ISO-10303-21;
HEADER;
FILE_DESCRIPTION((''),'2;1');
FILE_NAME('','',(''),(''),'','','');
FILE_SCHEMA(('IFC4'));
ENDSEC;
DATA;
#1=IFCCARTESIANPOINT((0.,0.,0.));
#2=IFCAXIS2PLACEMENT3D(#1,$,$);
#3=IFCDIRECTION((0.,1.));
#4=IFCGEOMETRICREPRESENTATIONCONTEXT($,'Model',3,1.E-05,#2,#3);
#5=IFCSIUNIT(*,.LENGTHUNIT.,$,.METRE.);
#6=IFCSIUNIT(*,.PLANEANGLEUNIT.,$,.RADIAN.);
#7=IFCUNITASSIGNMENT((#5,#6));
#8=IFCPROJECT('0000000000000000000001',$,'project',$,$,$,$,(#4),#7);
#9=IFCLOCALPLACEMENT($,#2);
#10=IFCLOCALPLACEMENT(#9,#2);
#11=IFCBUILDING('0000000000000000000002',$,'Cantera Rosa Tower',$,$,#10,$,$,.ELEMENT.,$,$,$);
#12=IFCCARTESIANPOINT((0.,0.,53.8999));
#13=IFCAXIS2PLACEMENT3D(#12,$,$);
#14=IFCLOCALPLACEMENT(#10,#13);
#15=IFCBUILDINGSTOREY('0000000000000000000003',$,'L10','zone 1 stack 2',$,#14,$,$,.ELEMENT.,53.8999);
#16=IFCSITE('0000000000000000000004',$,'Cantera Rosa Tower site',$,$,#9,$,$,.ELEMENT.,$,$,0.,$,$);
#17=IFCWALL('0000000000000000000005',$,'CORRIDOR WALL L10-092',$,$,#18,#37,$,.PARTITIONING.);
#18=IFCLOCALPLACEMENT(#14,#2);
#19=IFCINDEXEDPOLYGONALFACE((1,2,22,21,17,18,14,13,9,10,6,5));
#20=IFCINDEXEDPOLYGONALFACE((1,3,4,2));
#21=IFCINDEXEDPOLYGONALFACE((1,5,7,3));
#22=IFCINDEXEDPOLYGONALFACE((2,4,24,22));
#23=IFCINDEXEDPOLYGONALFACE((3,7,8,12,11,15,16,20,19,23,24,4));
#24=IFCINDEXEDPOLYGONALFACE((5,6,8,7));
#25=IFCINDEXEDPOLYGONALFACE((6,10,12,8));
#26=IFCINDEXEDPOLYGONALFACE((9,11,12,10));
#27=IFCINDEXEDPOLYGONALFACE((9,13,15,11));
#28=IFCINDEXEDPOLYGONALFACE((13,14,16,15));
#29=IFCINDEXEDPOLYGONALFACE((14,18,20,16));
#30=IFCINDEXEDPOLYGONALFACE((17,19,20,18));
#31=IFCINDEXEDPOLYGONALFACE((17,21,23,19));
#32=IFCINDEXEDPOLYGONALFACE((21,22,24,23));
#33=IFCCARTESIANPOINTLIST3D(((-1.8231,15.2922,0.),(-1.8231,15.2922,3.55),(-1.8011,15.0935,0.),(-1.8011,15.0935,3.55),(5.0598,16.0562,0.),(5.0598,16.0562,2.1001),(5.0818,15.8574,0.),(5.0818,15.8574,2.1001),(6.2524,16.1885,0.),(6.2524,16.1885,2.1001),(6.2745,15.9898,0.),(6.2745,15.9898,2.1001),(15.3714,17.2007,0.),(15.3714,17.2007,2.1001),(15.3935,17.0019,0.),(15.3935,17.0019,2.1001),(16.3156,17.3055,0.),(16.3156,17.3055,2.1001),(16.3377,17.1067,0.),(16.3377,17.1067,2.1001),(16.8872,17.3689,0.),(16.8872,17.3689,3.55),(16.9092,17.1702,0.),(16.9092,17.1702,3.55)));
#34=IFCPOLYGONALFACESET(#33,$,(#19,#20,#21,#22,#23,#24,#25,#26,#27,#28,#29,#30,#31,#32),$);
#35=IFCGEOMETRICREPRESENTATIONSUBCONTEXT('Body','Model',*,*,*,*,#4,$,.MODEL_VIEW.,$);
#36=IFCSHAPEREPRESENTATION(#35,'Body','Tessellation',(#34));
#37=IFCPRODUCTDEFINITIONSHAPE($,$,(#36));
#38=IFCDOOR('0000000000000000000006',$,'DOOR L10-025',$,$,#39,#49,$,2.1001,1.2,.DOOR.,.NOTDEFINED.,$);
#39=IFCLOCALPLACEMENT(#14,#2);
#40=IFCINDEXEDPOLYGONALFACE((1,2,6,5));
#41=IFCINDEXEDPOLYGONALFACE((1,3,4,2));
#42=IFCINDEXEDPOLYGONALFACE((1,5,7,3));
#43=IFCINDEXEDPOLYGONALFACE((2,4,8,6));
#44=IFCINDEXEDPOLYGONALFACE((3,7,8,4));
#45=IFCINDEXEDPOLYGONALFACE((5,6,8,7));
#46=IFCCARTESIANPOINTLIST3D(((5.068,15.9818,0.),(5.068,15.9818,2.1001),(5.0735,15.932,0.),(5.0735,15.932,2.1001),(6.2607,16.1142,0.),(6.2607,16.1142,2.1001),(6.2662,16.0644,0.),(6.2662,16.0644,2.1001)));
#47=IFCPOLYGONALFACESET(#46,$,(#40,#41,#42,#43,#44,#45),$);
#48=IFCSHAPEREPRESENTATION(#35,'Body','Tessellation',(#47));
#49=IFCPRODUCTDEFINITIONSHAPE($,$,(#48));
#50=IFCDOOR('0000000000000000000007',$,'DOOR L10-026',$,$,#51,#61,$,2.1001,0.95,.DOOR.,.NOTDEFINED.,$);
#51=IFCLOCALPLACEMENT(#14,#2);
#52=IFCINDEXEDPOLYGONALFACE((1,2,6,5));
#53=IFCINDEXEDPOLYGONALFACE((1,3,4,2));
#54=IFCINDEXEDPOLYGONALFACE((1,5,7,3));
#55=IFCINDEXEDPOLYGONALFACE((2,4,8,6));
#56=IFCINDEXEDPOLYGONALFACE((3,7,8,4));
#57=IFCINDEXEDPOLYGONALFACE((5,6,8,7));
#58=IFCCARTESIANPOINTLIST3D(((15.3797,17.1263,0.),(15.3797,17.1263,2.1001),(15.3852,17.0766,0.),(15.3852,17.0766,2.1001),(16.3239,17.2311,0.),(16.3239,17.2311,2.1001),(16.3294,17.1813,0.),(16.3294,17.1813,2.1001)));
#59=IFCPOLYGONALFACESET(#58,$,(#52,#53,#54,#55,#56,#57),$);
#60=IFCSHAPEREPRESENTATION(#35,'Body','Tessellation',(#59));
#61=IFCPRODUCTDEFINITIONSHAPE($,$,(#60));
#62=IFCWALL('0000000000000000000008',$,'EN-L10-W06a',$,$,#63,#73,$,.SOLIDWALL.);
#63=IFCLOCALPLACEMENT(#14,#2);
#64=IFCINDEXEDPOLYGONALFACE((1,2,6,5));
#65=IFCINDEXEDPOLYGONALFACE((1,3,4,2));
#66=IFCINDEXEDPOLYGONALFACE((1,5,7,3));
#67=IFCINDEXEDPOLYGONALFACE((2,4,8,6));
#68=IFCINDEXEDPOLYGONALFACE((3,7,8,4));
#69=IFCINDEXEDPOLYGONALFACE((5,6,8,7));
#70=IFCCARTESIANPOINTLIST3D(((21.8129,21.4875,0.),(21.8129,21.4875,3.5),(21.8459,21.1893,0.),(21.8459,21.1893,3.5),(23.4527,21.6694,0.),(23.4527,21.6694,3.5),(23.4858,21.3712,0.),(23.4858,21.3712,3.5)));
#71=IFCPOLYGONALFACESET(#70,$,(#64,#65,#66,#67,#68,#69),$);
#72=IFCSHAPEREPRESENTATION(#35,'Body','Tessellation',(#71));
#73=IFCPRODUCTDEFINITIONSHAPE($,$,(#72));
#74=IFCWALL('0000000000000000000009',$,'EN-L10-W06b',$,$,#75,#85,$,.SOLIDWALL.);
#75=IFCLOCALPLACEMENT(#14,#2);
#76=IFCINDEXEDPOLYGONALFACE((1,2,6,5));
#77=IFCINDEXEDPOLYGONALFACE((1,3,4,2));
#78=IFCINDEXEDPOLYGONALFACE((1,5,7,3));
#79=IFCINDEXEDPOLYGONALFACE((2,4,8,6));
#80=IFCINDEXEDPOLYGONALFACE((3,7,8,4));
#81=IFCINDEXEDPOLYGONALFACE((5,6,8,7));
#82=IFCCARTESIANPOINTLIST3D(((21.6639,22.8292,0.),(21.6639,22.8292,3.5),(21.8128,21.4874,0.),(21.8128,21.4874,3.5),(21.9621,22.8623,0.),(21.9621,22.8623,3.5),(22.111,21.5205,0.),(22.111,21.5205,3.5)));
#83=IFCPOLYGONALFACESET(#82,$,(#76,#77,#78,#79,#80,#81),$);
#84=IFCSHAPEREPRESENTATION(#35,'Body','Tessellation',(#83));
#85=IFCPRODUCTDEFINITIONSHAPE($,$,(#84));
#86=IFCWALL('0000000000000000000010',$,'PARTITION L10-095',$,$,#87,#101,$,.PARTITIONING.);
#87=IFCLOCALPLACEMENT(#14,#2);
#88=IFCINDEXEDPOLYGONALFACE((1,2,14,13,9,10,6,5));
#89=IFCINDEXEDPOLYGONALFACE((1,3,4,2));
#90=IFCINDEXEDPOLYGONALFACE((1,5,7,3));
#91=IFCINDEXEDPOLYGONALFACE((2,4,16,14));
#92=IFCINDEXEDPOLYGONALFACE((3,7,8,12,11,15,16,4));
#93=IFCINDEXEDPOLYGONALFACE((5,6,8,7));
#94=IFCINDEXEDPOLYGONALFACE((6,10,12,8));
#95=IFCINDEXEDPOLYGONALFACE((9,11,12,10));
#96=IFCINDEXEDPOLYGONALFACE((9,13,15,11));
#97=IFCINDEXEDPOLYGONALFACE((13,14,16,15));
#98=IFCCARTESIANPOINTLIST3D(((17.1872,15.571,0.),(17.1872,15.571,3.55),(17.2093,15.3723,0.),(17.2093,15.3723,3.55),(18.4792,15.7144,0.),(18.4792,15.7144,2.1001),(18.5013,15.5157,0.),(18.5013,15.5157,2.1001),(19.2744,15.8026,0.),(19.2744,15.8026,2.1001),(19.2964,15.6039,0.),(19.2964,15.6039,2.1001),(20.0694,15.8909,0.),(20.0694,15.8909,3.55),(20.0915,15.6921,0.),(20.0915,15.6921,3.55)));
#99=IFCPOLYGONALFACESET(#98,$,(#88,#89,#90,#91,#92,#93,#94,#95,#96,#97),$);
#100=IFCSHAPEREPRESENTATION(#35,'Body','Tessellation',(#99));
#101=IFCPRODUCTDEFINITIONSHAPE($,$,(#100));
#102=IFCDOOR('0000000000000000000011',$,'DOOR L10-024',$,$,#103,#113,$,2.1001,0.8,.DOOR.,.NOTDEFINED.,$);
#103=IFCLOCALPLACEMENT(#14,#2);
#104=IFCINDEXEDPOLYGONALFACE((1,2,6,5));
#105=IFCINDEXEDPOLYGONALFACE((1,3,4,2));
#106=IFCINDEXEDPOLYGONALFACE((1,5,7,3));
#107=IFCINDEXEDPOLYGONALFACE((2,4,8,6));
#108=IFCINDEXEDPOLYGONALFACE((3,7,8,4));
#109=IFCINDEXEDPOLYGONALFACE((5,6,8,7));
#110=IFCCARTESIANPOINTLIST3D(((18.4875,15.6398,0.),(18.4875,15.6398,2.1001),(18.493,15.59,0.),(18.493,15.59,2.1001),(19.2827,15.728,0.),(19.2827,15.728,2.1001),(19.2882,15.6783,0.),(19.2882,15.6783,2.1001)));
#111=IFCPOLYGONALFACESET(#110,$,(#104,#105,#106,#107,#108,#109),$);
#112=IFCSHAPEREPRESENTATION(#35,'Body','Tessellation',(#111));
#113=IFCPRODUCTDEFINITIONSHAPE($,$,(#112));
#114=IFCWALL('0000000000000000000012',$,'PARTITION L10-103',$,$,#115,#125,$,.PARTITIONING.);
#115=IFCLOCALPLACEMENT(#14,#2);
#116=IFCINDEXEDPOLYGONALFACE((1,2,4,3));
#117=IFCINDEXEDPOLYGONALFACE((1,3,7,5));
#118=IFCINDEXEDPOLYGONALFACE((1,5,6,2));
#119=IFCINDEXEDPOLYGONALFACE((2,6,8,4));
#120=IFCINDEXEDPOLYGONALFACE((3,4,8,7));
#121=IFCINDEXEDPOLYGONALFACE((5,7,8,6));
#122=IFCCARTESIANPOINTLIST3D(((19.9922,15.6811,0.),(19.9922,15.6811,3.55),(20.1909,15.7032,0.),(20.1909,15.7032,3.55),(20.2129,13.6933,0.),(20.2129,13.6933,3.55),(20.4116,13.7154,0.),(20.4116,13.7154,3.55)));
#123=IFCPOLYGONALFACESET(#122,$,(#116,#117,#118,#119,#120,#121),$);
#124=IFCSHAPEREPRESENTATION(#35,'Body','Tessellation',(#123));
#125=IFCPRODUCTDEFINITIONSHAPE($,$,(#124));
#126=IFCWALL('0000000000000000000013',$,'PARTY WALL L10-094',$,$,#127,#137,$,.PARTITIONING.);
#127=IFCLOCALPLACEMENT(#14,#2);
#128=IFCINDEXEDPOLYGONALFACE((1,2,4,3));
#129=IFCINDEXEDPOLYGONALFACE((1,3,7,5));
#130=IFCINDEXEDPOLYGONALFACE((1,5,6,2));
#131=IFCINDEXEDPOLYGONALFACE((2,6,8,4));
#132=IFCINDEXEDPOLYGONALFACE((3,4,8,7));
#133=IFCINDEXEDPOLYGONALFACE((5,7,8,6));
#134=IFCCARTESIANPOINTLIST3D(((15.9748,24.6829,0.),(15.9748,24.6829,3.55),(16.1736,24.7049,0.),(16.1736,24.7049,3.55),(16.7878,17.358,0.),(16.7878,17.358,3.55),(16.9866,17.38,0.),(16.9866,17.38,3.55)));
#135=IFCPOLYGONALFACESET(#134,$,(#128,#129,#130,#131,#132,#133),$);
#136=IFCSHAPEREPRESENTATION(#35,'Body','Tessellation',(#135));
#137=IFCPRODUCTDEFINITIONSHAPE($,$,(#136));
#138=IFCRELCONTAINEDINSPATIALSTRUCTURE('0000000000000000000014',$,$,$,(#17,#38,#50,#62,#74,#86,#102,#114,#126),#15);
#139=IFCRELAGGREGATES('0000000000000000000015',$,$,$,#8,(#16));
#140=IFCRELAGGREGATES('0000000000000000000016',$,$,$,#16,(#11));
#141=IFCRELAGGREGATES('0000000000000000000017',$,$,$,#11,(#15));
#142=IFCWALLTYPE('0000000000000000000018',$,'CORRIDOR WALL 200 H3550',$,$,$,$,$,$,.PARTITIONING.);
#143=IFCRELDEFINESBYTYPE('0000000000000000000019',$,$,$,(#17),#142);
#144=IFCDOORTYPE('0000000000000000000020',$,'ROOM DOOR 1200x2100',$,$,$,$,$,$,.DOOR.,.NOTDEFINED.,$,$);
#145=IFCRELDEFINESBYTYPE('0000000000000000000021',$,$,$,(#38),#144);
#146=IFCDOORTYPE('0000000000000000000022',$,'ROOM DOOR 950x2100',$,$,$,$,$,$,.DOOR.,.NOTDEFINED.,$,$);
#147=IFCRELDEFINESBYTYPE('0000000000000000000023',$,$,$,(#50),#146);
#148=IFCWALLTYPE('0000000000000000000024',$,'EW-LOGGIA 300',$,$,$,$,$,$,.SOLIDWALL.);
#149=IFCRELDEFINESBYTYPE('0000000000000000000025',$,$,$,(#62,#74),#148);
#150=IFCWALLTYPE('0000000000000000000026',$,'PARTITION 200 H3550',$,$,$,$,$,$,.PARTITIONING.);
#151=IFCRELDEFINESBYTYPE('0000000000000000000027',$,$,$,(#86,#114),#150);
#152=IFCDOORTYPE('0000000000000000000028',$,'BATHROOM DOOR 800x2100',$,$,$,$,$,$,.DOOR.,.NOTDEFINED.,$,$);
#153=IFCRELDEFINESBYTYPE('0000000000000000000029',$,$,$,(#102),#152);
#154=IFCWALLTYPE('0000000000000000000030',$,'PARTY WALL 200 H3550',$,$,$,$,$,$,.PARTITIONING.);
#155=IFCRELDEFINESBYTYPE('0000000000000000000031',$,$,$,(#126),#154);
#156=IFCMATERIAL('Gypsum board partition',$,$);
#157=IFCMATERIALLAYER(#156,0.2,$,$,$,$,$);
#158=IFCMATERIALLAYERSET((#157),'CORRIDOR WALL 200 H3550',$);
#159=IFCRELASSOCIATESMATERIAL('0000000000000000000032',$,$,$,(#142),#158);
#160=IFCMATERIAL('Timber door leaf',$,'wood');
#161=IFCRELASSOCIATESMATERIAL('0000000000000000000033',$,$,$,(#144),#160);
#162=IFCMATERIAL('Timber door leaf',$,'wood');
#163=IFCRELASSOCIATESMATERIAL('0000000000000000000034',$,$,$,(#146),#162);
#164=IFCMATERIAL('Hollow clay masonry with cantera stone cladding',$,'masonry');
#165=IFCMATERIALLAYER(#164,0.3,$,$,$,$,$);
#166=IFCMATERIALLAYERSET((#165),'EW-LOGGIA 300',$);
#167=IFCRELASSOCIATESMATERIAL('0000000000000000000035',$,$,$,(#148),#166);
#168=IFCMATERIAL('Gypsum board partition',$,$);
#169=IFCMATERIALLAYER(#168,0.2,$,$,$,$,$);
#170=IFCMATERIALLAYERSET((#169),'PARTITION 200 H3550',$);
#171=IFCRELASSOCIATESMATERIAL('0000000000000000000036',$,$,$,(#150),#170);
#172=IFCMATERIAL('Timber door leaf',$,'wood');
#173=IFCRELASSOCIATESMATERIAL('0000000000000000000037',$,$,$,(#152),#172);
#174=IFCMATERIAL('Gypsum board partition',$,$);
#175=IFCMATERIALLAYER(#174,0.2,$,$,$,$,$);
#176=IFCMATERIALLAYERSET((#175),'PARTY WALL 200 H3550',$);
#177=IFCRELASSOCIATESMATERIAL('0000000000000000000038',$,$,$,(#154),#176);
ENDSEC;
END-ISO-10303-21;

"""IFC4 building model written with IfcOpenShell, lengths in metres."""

from ifc_helpers import new_model, si_unit, direction, frame, frame_2d, origin, place, context, subcontext, project, spatial, rectangle, extrude, material, layer, layer_set, type_object, element, fill, save


model = new_model("IFC4")

# Units and contexts
model_context = context("Model", 3, precision=1e-05, world=origin(), true_north=direction((0.0, 1.0)))
body_context = subcontext(model_context, "Body", "Model", "MODEL_VIEW")
ifc_project = project(units=[si_unit("LENGTHUNIT", "METRE"), si_unit("PLANEANGLEUNIT", "RADIAN")], contexts=[model_context])

# Site, building, storey
site_placement = place(None, origin())
site = spatial("IfcSite", under=ifc_project, at=site_placement, Name="Cantera Rosa Tower site", CompositionType="ELEMENT", RefElevation=0.0)
building_placement = place(site_placement, origin())
building = spatial("IfcBuilding", under=site, at=building_placement, Name="Cantera Rosa Tower", CompositionType="ELEMENT")
storey_placement = place(building_placement, frame((0.0, 0.0, 53.8999)))
storey = spatial("IfcBuildingStorey", under=building, at=storey_placement, Name="L10", Description="zone 1 stack 2", CompositionType="ELEMENT", Elevation=53.8999)

# Wall, openings, doors
ifc_material_1 = material(Name="Gypsum board partition")
ifc_layer_1 = layer(ifc_material_1, 0.2)
ifc_layer_set_1 = layer_set([ifc_layer_1], Name="CORRIDOR WALL 200 H3550")
wall_type_1 = type_object("IfcWallType", Name="CORRIDOR WALL 200 H3550", PredefinedType="PARTITIONING", material=ifc_layer_set_1)
wall_1_placement = place(storey_placement, frame((16.8982, 17.2695, 0.0), z_axis=(0.0, 0.0, 1.0), x_axis=(-0.993897, -0.110313, 0.0)))
wall_1 = element("IfcWall", 1, at=wall_1_placement, inside=storey, type_object=wall_type_1, Name="CORRIDOR WALL L10-092", PredefinedType="PARTITIONING", context=body_context, shape_type="SweptSolid", body=[
    extrude(rectangle(XDim=18.8252, YDim=0.2, at=frame_2d((9.4126, 0.0))), origin(), (0.0, 0.0, 1.0), 3.55),
])
opening_1_placement = place(wall_1_placement, frame((10.7, 0.0, 0.0)))
opening_1 = element("IfcOpeningElement", 2, at=opening_1_placement, cuts=wall_1, PredefinedType="OPENING", context=body_context, shape_type="SweptSolid", body=[
    extrude(rectangle(XDim=1.2, YDim=2.1001, at=frame_2d((0.6001, 1.05))), frame((0.0, 0.1099, 0.0), z_axis=(0.0, -1.0, 0.0), x_axis=(1.0, 0.0, 0.0)), (0.0, 0.0, 1.0), 0.22),
])
opening_2_placement = place(wall_1_placement, frame((0.575, 0.0, 0.0)))
opening_2 = element("IfcOpeningElement", 3, at=opening_2_placement, cuts=wall_1, PredefinedType="OPENING", context=body_context, shape_type="SweptSolid", body=[
    extrude(rectangle(XDim=0.95, YDim=2.1001, at=frame_2d((0.4751, 1.05))), frame((0.0, 0.1099, 0.0), z_axis=(0.0, -1.0, 0.0), x_axis=(1.0, 0.0, 0.0)), (0.0, 0.0, 1.0), 0.22),
])
ifc_material_2 = material(Name="Timber door leaf", Category="wood")
door_type_1 = type_object("IfcDoorType", Name="ROOM DOOR 1200x2100", OperationType="NOTDEFINED", PredefinedType="DOOR", material=ifc_material_2)
door_1_placement = place(opening_1_placement, origin())
door_1 = element("IfcDoor", 4, at=door_1_placement, inside=storey, type_object=door_type_1, Name="DOOR L10-025", OperationType="NOTDEFINED", OverallHeight=2.1001, OverallWidth=1.2, PredefinedType="DOOR", context=body_context, shape_type="SweptSolid", body=[
    extrude(rectangle(XDim=1.2, YDim=2.1001, at=frame_2d((0.6001, 1.05))), frame((0.0, 0.0249, 0.0), z_axis=(0.0, -1.0, 0.0), x_axis=(1.0, 0.0, 0.0)), (0.0, 0.0, 1.0), 0.05),
])
fill(opening_1, door_1)
ifc_material_3 = material(Name="Timber door leaf", Category="wood")
door_type_2 = type_object("IfcDoorType", Name="ROOM DOOR 950x2100", OperationType="NOTDEFINED", PredefinedType="DOOR", material=ifc_material_3)
door_2_placement = place(opening_2_placement, origin())
door_2 = element("IfcDoor", 5, at=door_2_placement, inside=storey, type_object=door_type_2, Name="DOOR L10-026", OperationType="NOTDEFINED", OverallHeight=2.1001, OverallWidth=0.95, PredefinedType="DOOR", context=body_context, shape_type="SweptSolid", body=[
    extrude(rectangle(XDim=0.95, YDim=2.1001, at=frame_2d((0.4751, 1.05))), frame((0.0, 0.0249, 0.0), z_axis=(0.0, -1.0, 0.0), x_axis=(1.0, 0.0, 0.0)), (0.0, 0.0, 1.0), 0.05),
])
fill(opening_2, door_2)

# Walls
ifc_material_4 = material(Name="Hollow clay masonry with cantera stone cladding", Category="masonry")
ifc_layer_2 = layer(ifc_material_4, 0.3)
ifc_layer_set_2 = layer_set([ifc_layer_2], Name="EW-LOGGIA 300")
wall_type_2 = type_object("IfcWallType", Name="EW-LOGGIA 300", PredefinedType="SOLIDWALL", material=ifc_layer_set_2)
wall_2_placement = place(storey_placement, frame((23.4692, 21.5203, 0.0), z_axis=(0.0, 0.0, 1.0), x_axis=(-0.993905, -0.110237, 0.0)))
element("IfcWall", 6, at=wall_2_placement, inside=storey, type_object=wall_type_2, Name="EN-L10-W06a", PredefinedType="SOLIDWALL", context=body_context, shape_type="SweptSolid", body=[
    extrude(rectangle(XDim=1.6499, YDim=0.3, at=frame_2d((0.825, 0.0))), origin(), (0.0, 0.0, 1.0), 3.5),
])
wall_3_placement = place(storey_placement, frame((21.9619, 21.5039, 0.0), z_axis=(0.0, 0.0, 1.0), x_axis=(-0.110312, 0.993897, 0.0)))
element("IfcWall", 7, at=wall_3_placement, inside=storey, type_object=wall_type_2, Name="EN-L10-W06b", PredefinedType="SOLIDWALL", context=body_context, shape_type="SweptSolid", body=[
    extrude(rectangle(XDim=1.3501, YDim=0.3, at=frame_2d((0.675, 0.0))), origin(), (0.0, 0.0, 1.0), 3.5),
])

# Wall, opening, door
ifc_material_5 = material(Name="Gypsum board partition")
ifc_layer_3 = layer(ifc_material_5, 0.2)
ifc_layer_set_3 = layer_set([ifc_layer_3], Name="PARTITION 200 H3550")
wall_type_3 = type_object("IfcWallType", Name="PARTITION 200 H3550", PredefinedType="PARTITIONING", material=ifc_layer_set_3)
wall_4_placement = place(storey_placement, frame((17.1982, 15.4717, 0.0), z_axis=(0.0, 0.0, 1.0), x_axis=(0.9939, 0.110284, 0.0)))
wall_4 = element("IfcWall", 8, at=wall_4_placement, inside=storey, type_object=wall_type_3, Name="PARTITION L10-095", PredefinedType="PARTITIONING", context=body_context, shape_type="SweptSolid", body=[
    extrude(rectangle(XDim=2.8999, YDim=0.2, at=frame_2d((1.45, 0.0))), origin(), (0.0, 0.0, 1.0), 3.55),
])
opening_3_placement = place(wall_4_placement, frame((1.3, 0.0, 0.0)))
opening_3 = element("IfcOpeningElement", 9, at=opening_3_placement, cuts=wall_4, PredefinedType="OPENING", context=body_context, shape_type="SweptSolid", body=[
    extrude(rectangle(XDim=0.8, YDim=2.1001, at=frame_2d((0.3999, 1.05))), frame((0.0, 0.1099, 0.0), z_axis=(0.0, -1.0, 0.0), x_axis=(1.0, 0.0, 0.0)), (0.0, 0.0, 1.0), 0.22),
])
ifc_material_6 = material(Name="Timber door leaf", Category="wood")
door_type_3 = type_object("IfcDoorType", Name="BATHROOM DOOR 800x2100", OperationType="NOTDEFINED", PredefinedType="DOOR", material=ifc_material_6)
door_3_placement = place(opening_3_placement, origin())
door_3 = element("IfcDoor", 10, at=door_3_placement, inside=storey, type_object=door_type_3, Name="DOOR L10-024", OperationType="NOTDEFINED", OverallHeight=2.1001, OverallWidth=0.8, PredefinedType="DOOR", context=body_context, shape_type="SweptSolid", body=[
    extrude(rectangle(XDim=0.8, YDim=2.1001, at=frame_2d((0.3999, 1.05))), frame((0.0, 0.0249, 0.0), z_axis=(0.0, -1.0, 0.0), x_axis=(1.0, 0.0, 0.0)), (0.0, 0.0, 1.0), 0.05),
])
fill(opening_3, door_3)

# Walls
wall_5_placement = place(storey_placement, frame((20.0916, 15.6921, 0.0), z_axis=(0.0, 0.0, 1.0), x_axis=(0.110351, -0.993893, 0.0)))
element("IfcWall", 11, at=wall_5_placement, inside=storey, type_object=wall_type_3, Name="PARTITION L10-103", PredefinedType="PARTITIONING", context=body_context, shape_type="SweptSolid", body=[
    extrude(rectangle(XDim=2.0, YDim=0.2, at=frame_2d((1.0, 0.0))), origin(), (0.0, 0.0, 1.0), 3.55),
])
ifc_material_7 = material(Name="Gypsum board partition")
ifc_layer_4 = layer(ifc_material_7, 0.2)
ifc_layer_set_4 = layer_set([ifc_layer_4], Name="PARTY WALL 200 H3550")
wall_type_4 = type_object("IfcWallType", Name="PARTY WALL 200 H3550", PredefinedType="PARTITIONING", material=ifc_layer_set_4)
wall_6_placement = place(storey_placement, frame((16.8872, 17.3689, 0.0), z_axis=(0.0, 0.0, 1.0), x_axis=(-0.110312, 0.993897, 0.0)))
element("IfcWall", 12, at=wall_6_placement, inside=storey, type_object=wall_type_4, Name="PARTY WALL L10-094", PredefinedType="PARTITIONING", context=body_context, shape_type="SweptSolid", body=[
    extrude(rectangle(XDim=7.3699, YDim=0.2, at=frame_2d((3.6851, 0.0))), origin(), (0.0, 0.0, 1.0), 3.55),
])

save(model, "model.ifc")
